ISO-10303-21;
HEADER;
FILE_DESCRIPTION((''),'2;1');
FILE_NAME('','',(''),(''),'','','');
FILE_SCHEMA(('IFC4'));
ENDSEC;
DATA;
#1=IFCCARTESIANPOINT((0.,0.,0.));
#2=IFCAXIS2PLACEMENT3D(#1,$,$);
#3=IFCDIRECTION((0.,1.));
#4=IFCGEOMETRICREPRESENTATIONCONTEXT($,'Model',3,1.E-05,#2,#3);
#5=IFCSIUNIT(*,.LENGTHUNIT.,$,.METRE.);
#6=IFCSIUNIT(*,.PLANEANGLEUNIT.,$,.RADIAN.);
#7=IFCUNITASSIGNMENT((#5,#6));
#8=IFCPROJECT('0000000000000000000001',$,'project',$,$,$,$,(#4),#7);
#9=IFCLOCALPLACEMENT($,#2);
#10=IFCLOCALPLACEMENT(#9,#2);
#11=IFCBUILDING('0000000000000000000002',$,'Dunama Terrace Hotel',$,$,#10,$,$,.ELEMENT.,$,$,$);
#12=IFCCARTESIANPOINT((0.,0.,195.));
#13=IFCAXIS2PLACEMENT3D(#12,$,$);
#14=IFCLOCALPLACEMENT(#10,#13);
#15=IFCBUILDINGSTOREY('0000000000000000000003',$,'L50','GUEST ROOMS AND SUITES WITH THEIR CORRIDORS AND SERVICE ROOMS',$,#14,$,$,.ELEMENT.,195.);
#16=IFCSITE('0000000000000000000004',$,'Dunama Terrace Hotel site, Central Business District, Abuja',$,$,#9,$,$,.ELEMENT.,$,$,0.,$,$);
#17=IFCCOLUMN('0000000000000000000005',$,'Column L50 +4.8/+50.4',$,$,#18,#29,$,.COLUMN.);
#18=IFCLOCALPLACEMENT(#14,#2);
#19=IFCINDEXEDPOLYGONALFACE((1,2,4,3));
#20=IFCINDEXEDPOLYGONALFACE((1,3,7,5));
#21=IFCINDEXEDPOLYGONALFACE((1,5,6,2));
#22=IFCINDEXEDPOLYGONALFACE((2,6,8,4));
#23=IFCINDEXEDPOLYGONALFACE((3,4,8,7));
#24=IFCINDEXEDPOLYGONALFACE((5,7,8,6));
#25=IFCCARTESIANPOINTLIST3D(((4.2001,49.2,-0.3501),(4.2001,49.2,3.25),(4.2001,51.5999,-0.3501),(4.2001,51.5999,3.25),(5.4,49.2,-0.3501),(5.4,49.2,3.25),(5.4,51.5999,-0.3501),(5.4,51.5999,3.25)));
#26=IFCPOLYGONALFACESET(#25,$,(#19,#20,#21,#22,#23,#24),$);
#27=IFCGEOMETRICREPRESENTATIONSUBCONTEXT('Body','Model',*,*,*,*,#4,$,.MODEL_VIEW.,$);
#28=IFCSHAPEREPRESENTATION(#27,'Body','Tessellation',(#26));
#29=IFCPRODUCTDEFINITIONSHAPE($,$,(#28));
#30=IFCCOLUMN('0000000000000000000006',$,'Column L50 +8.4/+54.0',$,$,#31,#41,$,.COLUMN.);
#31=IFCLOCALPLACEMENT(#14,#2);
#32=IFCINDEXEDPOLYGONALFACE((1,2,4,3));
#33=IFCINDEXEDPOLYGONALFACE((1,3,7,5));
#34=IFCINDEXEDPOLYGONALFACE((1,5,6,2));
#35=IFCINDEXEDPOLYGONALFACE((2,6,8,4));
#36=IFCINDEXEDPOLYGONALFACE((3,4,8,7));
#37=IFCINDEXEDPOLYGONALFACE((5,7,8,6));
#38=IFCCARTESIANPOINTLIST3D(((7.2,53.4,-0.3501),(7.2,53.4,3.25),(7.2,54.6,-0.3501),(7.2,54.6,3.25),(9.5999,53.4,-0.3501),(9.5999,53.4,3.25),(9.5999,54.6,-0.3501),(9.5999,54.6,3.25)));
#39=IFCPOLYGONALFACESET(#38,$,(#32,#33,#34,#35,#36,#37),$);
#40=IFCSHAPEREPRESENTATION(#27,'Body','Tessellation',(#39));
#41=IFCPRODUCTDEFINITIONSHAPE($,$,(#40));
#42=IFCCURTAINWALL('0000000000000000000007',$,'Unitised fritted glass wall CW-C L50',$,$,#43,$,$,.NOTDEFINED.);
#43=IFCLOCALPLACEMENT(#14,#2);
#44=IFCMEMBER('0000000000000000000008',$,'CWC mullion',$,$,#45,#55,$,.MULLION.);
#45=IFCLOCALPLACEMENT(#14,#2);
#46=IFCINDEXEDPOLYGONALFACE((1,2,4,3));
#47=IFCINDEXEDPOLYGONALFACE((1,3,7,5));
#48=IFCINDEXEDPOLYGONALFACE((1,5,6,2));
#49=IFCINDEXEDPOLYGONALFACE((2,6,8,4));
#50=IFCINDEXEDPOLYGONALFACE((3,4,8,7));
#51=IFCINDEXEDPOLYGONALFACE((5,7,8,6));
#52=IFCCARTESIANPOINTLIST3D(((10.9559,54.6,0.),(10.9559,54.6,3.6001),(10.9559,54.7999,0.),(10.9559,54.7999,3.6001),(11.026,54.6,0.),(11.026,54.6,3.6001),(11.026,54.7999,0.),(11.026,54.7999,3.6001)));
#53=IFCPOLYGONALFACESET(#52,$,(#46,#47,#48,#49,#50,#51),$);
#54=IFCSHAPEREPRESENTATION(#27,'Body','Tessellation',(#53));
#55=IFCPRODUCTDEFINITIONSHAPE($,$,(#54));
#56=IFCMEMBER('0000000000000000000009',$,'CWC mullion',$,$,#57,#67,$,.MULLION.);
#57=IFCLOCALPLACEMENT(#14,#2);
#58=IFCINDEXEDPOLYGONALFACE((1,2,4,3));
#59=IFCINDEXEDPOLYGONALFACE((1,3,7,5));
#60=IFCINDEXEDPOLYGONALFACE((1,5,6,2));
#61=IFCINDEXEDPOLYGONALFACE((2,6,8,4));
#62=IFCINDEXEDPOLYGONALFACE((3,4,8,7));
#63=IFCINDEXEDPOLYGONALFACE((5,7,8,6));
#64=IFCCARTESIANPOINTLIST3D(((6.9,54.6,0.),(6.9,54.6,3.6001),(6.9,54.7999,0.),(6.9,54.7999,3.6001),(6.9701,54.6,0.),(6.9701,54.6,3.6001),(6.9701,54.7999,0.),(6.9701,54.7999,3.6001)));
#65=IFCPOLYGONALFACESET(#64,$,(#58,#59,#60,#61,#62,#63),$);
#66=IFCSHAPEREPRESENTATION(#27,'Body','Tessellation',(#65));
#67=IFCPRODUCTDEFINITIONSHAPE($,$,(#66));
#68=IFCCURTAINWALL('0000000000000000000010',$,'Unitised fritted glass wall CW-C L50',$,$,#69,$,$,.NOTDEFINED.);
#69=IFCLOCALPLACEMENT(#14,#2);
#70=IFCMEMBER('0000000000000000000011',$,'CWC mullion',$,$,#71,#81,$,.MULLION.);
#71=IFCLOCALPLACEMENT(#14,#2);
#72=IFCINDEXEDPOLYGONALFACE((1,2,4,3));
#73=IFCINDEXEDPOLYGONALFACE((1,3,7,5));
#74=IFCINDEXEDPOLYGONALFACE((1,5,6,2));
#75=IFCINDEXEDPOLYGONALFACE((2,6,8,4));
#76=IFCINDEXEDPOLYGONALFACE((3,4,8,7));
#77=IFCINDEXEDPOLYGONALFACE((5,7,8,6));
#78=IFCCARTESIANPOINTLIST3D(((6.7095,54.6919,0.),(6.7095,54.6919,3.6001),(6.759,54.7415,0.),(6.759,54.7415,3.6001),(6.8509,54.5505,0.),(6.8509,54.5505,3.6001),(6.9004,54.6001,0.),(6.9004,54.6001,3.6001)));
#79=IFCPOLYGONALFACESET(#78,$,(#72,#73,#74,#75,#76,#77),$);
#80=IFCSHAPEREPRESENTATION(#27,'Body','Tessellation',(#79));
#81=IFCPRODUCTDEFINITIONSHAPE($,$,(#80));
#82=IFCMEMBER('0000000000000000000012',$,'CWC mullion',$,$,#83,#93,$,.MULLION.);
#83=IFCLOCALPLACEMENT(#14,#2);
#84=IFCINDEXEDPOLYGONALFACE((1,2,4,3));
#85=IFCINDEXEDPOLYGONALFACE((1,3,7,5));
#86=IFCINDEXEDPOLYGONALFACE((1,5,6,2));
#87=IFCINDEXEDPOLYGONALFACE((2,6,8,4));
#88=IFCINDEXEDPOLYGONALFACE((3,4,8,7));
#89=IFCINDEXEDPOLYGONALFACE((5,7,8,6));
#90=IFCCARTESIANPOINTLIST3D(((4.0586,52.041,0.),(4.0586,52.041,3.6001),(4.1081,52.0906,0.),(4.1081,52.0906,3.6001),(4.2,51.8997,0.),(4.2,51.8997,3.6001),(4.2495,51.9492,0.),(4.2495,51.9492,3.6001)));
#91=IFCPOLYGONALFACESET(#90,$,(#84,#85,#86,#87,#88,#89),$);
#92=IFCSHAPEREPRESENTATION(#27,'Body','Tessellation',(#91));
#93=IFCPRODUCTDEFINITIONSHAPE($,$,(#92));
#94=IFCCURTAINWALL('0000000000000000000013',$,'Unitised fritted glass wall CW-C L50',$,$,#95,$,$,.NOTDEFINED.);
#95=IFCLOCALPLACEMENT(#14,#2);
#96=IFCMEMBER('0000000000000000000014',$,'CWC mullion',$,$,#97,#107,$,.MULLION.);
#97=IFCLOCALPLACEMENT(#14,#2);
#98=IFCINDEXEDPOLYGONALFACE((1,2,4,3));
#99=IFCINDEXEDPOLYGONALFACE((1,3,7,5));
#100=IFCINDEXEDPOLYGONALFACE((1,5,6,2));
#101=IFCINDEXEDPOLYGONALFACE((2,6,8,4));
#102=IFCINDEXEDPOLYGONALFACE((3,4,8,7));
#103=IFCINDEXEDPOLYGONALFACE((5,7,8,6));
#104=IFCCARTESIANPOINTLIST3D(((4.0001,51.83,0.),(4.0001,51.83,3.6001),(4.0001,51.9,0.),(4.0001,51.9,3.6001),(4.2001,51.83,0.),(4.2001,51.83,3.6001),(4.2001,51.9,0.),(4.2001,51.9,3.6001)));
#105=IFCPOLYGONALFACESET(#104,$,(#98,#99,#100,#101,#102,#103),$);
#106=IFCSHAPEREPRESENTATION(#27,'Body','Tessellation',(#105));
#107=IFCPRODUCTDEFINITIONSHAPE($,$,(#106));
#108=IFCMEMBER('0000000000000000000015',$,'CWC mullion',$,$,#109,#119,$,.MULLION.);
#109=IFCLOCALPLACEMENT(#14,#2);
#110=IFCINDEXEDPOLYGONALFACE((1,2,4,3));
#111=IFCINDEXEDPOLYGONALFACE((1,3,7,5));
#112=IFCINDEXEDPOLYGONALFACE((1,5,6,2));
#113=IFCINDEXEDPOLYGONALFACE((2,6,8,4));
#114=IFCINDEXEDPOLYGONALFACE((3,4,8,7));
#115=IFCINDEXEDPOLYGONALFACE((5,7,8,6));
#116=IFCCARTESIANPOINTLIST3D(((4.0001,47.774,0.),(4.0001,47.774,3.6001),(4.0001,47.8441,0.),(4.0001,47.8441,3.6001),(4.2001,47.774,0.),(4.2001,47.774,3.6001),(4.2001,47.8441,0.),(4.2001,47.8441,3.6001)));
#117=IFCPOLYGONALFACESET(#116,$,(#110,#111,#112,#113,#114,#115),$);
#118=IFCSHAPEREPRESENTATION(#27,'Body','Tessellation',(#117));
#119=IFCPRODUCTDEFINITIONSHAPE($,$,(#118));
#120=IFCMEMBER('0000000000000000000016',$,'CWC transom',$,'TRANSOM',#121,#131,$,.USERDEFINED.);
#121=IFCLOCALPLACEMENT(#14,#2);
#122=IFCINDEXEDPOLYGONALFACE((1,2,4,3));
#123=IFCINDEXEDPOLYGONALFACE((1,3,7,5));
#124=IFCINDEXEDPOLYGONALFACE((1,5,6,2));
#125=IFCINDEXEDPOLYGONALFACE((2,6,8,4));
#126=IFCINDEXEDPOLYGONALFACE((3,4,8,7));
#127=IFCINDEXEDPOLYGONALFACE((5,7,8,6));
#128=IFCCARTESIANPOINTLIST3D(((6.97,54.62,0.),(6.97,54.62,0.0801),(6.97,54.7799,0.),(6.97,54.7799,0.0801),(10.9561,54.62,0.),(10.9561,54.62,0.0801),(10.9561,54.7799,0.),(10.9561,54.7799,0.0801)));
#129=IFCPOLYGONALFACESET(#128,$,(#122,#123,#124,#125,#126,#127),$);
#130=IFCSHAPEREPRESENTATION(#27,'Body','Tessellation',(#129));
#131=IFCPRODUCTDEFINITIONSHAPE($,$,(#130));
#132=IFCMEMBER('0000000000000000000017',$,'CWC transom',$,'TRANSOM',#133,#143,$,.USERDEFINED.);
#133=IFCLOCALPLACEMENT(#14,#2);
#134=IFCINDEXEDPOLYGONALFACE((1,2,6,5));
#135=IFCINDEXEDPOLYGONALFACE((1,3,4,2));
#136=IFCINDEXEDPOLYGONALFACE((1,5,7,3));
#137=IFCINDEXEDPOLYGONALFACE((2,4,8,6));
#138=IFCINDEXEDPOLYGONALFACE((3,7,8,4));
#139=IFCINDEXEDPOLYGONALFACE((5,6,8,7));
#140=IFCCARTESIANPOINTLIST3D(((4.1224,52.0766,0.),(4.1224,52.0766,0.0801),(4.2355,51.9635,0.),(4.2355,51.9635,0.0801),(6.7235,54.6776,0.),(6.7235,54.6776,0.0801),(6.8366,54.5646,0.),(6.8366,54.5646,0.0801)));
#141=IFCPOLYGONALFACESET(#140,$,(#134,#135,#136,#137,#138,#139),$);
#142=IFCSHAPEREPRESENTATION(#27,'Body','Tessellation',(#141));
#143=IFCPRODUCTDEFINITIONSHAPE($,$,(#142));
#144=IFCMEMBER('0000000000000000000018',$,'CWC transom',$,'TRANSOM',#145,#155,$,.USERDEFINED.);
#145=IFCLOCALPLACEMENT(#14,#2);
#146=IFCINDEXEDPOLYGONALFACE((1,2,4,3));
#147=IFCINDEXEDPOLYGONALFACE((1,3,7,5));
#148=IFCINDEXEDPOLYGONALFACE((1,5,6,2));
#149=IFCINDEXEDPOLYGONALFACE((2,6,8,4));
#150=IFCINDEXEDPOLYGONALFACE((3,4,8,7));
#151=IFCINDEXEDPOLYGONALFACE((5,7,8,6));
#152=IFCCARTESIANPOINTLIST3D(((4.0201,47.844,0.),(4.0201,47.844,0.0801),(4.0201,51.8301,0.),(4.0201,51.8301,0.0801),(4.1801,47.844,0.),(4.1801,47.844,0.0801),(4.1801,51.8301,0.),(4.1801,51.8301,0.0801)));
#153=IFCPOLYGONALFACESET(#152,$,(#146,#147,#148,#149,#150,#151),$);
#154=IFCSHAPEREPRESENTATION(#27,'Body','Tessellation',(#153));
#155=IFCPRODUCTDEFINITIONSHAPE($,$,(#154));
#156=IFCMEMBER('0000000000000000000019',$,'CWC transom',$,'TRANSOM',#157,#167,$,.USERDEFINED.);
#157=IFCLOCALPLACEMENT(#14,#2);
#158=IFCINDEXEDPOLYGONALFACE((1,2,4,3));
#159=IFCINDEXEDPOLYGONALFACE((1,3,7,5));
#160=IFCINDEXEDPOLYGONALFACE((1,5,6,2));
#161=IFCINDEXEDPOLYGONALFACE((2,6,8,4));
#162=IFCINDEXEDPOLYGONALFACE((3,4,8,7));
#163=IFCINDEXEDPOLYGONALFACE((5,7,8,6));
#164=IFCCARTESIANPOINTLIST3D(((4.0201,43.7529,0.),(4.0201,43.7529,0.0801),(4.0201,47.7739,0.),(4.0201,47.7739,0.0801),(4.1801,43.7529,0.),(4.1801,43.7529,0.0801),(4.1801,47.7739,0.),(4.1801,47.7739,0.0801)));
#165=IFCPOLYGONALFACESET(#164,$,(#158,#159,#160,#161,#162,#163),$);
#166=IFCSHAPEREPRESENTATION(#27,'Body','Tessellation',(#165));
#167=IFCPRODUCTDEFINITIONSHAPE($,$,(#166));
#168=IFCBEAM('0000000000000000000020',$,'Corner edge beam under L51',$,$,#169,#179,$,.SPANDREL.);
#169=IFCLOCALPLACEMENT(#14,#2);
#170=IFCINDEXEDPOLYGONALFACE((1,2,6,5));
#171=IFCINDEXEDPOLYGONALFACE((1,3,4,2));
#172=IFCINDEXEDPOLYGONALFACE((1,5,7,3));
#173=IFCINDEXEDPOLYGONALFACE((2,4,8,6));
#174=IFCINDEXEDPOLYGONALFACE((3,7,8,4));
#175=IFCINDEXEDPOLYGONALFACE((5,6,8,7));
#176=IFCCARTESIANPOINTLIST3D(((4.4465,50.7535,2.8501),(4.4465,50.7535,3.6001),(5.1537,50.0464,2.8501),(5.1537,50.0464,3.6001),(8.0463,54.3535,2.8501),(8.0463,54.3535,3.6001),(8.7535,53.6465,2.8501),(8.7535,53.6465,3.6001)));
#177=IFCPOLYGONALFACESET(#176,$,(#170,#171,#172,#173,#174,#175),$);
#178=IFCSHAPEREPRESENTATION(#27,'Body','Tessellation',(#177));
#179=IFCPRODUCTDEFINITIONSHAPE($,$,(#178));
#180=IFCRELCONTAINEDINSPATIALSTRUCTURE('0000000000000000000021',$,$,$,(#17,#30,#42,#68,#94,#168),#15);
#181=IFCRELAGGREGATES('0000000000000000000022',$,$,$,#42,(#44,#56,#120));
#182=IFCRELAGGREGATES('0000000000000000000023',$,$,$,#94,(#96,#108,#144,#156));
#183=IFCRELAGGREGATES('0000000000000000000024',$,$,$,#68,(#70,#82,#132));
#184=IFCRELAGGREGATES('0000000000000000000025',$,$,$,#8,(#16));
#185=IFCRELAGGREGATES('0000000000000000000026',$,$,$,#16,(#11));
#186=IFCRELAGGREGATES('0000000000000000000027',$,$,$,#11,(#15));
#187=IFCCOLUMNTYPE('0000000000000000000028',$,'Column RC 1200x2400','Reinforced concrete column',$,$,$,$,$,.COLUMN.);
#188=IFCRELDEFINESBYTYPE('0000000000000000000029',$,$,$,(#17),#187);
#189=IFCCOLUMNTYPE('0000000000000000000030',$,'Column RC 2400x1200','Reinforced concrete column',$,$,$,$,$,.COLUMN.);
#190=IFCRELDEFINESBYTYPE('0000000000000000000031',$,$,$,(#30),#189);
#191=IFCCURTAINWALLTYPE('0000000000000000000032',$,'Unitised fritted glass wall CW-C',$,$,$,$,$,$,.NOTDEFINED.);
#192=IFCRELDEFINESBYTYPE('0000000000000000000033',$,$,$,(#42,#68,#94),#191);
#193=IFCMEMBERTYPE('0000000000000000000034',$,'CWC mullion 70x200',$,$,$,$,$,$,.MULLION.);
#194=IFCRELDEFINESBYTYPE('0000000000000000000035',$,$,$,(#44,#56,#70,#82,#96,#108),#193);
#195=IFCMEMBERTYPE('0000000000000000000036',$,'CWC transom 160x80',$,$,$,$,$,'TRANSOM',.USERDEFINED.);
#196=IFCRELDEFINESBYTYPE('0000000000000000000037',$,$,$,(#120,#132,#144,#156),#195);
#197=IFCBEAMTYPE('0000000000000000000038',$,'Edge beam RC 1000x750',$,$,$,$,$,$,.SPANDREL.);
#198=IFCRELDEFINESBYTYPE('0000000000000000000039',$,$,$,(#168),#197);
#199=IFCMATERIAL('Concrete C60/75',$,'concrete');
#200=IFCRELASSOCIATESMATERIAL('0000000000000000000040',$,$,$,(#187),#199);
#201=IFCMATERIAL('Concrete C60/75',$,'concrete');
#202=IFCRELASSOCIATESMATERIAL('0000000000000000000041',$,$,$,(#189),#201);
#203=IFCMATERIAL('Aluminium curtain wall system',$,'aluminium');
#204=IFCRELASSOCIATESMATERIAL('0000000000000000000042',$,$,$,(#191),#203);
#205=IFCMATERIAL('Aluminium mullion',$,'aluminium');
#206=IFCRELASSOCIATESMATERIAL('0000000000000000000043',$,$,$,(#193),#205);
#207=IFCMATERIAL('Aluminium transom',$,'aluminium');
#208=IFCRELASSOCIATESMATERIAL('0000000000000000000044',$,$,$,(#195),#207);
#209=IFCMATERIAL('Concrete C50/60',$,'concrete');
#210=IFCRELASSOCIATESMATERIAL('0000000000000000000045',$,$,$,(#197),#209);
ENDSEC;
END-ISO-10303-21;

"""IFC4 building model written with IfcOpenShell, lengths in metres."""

from ifc_helpers import new_model, si_unit, direction, frame, origin, origin_2d, place, context, subcontext, project, spatial, rectangle, extrude, material, material_profile, profile_set, type_object, element, aggregate, save


model = new_model("IFC4")

# Units and contexts
model_context = context("Model", 3, precision=1e-05, world=origin(), true_north=direction((0.0, 1.0)))
body_context = subcontext(model_context, "Body", "Model", "MODEL_VIEW")
ifc_project = project(units=[si_unit("LENGTHUNIT", "METRE"), si_unit("PLANEANGLEUNIT", "RADIAN")], contexts=[model_context])

# Site, building, storey
site_placement = place(None, origin())
site = spatial("IfcSite", under=ifc_project, at=site_placement, Name="Dunama Terrace Hotel site, Central Business District, Abuja", CompositionType="ELEMENT", RefElevation=0.0)
building_placement = place(site_placement, origin())
building = spatial("IfcBuilding", under=site, at=building_placement, Name="Dunama Terrace Hotel", CompositionType="ELEMENT")
storey_placement = place(building_placement, frame((0.0, 0.0, 195.0)))
storey = spatial("IfcBuildingStorey", under=building, at=storey_placement, Name="L50", Description="GUEST ROOMS AND SUITES WITH THEIR CORRIDORS AND SERVICE ROOMS", CompositionType="ELEMENT", Elevation=195.0)

# Columns
ifc_material_1 = material(Name="Concrete C60/75", Category="concrete")
ifc_material_profile_1 = material_profile(ifc_material_1, rectangle(XDim=1.2, YDim=2.3999, at=origin_2d()), Name="RC 1200x2400")
ifc_profile_set_1 = profile_set([ifc_material_profile_1], Name="Concrete C60/75")
column_type_1 = type_object("IfcColumnType", Name="Column RC 1200x2400", Description="Reinforced concrete column", PredefinedType="COLUMN", material=ifc_profile_set_1)
column_1_placement = place(storey_placement, frame((4.8, 50.3999, -0.3501), z_axis=(0.0, 0.0, 1.0), x_axis=(1.0, 0.0, 0.0)))
element("IfcColumn", 1, at=column_1_placement, inside=storey, type_object=column_type_1, Name="Column L50 +4.8/+50.4", PredefinedType="COLUMN", context=body_context, shape_type="SweptSolid", body=[
    extrude(rectangle(XDim=1.2, YDim=2.3999, at=origin_2d()), origin(), (0.0, 0.0, 1.0), 3.6001),
])
ifc_material_2 = material(Name="Concrete C60/75", Category="concrete")
ifc_material_profile_2 = material_profile(ifc_material_2, rectangle(XDim=2.3999, YDim=1.2, at=origin_2d()), Name="RC 2400x1200")
ifc_profile_set_2 = profile_set([ifc_material_profile_2], Name="Concrete C60/75")
column_type_2 = type_object("IfcColumnType", Name="Column RC 2400x1200", Description="Reinforced concrete column", PredefinedType="COLUMN", material=ifc_profile_set_2)
column_2_placement = place(storey_placement, frame((8.3999, 54.0, -0.3501), z_axis=(0.0, 0.0, 1.0), x_axis=(1.0, 0.0, 0.0)))
element("IfcColumn", 2, at=column_2_placement, inside=storey, type_object=column_type_2, Name="Column L50 +8.4/+54.0", PredefinedType="COLUMN", context=body_context, shape_type="SweptSolid", body=[
    extrude(rectangle(XDim=2.3999, YDim=1.2, at=origin_2d()), origin(), (0.0, 0.0, 1.0), 3.6001),
])

# Curtain walls, members
ifc_material_3 = material(Name="Aluminium curtain wall system", Category="aluminium")
curtain_wall_type = type_object("IfcCurtainWallType", Name="Unitised fritted glass wall CW-C", PredefinedType="NOTDEFINED", material=ifc_material_3)
curtain_wall_1_placement = place(storey_placement, origin())
curtain_wall_1 = element("IfcCurtainWall", 3, at=curtain_wall_1_placement, inside=storey, type_object=curtain_wall_type, Name="Unitised fritted glass wall CW-C L50", PredefinedType="NOTDEFINED")
ifc_material_4 = material(Name="Aluminium mullion", Category="aluminium")
ifc_material_profile_3 = material_profile(ifc_material_4, rectangle(XDim=0.0701, YDim=0.2, at=origin_2d()), Name="CWC MULLION 70X200")
ifc_profile_set_3 = profile_set([ifc_material_profile_3], Name="Aluminium mullion")
member_type_1 = type_object("IfcMemberType", Name="CWC mullion 70x200", PredefinedType="MULLION", material=ifc_profile_set_3)
member_1_placement = place(storey_placement, frame((10.991, 54.7, 0.0), z_axis=(0.0, 0.0, 1.0), x_axis=(-1.0, 0.0, 0.0)))
member_1 = element("IfcMember", 4, at=member_1_placement, type_object=member_type_1, Name="CWC mullion", PredefinedType="MULLION", context=body_context, shape_type="SweptSolid", body=[
    extrude(rectangle(XDim=0.0701, YDim=0.2, at=origin_2d()), origin(), (0.0, 0.0, 1.0), 3.6001),
])
member_2_placement = place(storey_placement, frame((6.9351, 54.7, 0.0), z_axis=(0.0, 0.0, 1.0), x_axis=(-1.0, 0.0, 0.0)))
member_2 = element("IfcMember", 5, at=member_2_placement, type_object=member_type_1, Name="CWC mullion", PredefinedType="MULLION", context=body_context, shape_type="SweptSolid", body=[
    extrude(rectangle(XDim=0.0701, YDim=0.2, at=origin_2d()), origin(), (0.0, 0.0, 1.0), 3.6001),
])
curtain_wall_2_placement = place(storey_placement, origin())
curtain_wall_2 = element("IfcCurtainWall", 6, at=curtain_wall_2_placement, inside=storey, type_object=curtain_wall_type, Name="Unitised fritted glass wall CW-C L50", PredefinedType="NOTDEFINED")
member_3_placement = place(storey_placement, frame((6.8049, 54.646, 0.0), z_axis=(0.0, 0.0, 1.0), x_axis=(-0.707107, -0.707107, 0.0)))
member_3 = element("IfcMember", 7, at=member_3_placement, type_object=member_type_1, Name="CWC mullion", PredefinedType="MULLION", context=body_context, shape_type="SweptSolid", body=[
    extrude(rectangle(XDim=0.0701, YDim=0.2, at=origin_2d()), origin(), (0.0, 0.0, 1.0), 3.6001),
])
member_4_placement = place(storey_placement, frame((4.1541, 51.9951, 0.0), z_axis=(0.0, 0.0, 1.0), x_axis=(-0.707107, -0.707107, 0.0)))
member_4 = element("IfcMember", 8, at=member_4_placement, type_object=member_type_1, Name="CWC mullion", PredefinedType="MULLION", context=body_context, shape_type="SweptSolid", body=[
    extrude(rectangle(XDim=0.0701, YDim=0.2, at=origin_2d()), origin(), (0.0, 0.0, 1.0), 3.6001),
])
curtain_wall_3_placement = place(storey_placement, origin())
curtain_wall_3 = element("IfcCurtainWall", 9, at=curtain_wall_3_placement, inside=storey, type_object=curtain_wall_type, Name="Unitised fritted glass wall CW-C L50", PredefinedType="NOTDEFINED")
member_5_placement = place(storey_placement, frame((4.1001, 51.865, 0.0), z_axis=(0.0, 0.0, 1.0), x_axis=(0.0, -1.0, 0.0)))
member_5 = element("IfcMember", 10, at=member_5_placement, type_object=member_type_1, Name="CWC mullion", PredefinedType="MULLION", context=body_context, shape_type="SweptSolid", body=[
    extrude(rectangle(XDim=0.0701, YDim=0.2, at=origin_2d()), origin(), (0.0, 0.0, 1.0), 3.6001),
])
member_6_placement = place(storey_placement, frame((4.1001, 47.8091, 0.0), z_axis=(0.0, 0.0, 1.0), x_axis=(0.0, -1.0, 0.0)))
member_6 = element("IfcMember", 11, at=member_6_placement, type_object=member_type_1, Name="CWC mullion", PredefinedType="MULLION", context=body_context, shape_type="SweptSolid", body=[
    extrude(rectangle(XDim=0.0701, YDim=0.2, at=origin_2d()), origin(), (0.0, 0.0, 1.0), 3.6001),
])

# Members
ifc_material_5 = material(Name="Aluminium transom", Category="aluminium")
ifc_material_profile_4 = material_profile(ifc_material_5, rectangle(XDim=0.1599, YDim=0.0801, at=origin_2d()), Name="CWC TRANSOM 160X80")
ifc_profile_set_4 = profile_set([ifc_material_profile_4], Name="Aluminium transom")
member_type_2 = type_object("IfcMemberType", Name="CWC transom 160x80", ElementType="TRANSOM", PredefinedType="USERDEFINED", material=ifc_profile_set_4)
member_7_placement = place(storey_placement, frame((10.9561, 54.7, 0.04), z_axis=(-1.0, 0.0, 0.0), x_axis=(0.0, -1.0, 0.0)))
member_7 = element("IfcMember", 12, at=member_7_placement, type_object=member_type_2, Name="CWC transom", ObjectType="TRANSOM", PredefinedType="USERDEFINED", context=body_context, shape_type="SweptSolid", body=[
    extrude(rectangle(XDim=0.1599, YDim=0.0801, at=origin_2d()), origin(), (0.0, 0.0, 1.0), 3.9861),
])
member_8_placement = place(storey_placement, frame((6.78, 54.6211, 0.04), z_axis=(-0.707107, -0.707107, 0.0), x_axis=(0.707107, -0.707107, 0.0)))
member_8 = element("IfcMember", 13, at=member_8_placement, type_object=member_type_2, Name="CWC transom", ObjectType="TRANSOM", PredefinedType="USERDEFINED", context=body_context, shape_type="SweptSolid", body=[
    extrude(rectangle(XDim=0.1599, YDim=0.0801, at=origin_2d()), origin(), (0.0, 0.0, 1.0), 3.6785),
])
member_9_placement = place(storey_placement, frame((4.1001, 51.8301, 0.04), z_axis=(0.0, -1.0, 0.0), x_axis=(1.0, 0.0, 0.0)))
member_9 = element("IfcMember", 14, at=member_9_placement, type_object=member_type_2, Name="CWC transom", ObjectType="TRANSOM", PredefinedType="USERDEFINED", context=body_context, shape_type="SweptSolid", body=[
    extrude(rectangle(XDim=0.1599, YDim=0.0801, at=origin_2d()), origin(), (0.0, 0.0, 1.0), 3.9861),
])
member_10_placement = place(storey_placement, frame((4.1001, 47.7739, 0.04), z_axis=(0.0, -1.0, 0.0), x_axis=(1.0, 0.0, 0.0)))
member_10 = element("IfcMember", 15, at=member_10_placement, type_object=member_type_2, Name="CWC transom", ObjectType="TRANSOM", PredefinedType="USERDEFINED", context=body_context, shape_type="SweptSolid", body=[
    extrude(rectangle(XDim=0.1599, YDim=0.0801, at=origin_2d()), origin(), (0.0, 0.0, 1.0), 4.021),
])

# Beam
ifc_material_6 = material(Name="Concrete C50/60", Category="concrete")
ifc_material_profile_5 = material_profile(ifc_material_6, rectangle(XDim=1.0, YDim=0.75, at=origin_2d()), Name="RC 1000x750")
ifc_profile_set_5 = profile_set([ifc_material_profile_5], Name="Concrete C50/60")
beam_type_1 = type_object("IfcBeamType", Name="Edge beam RC 1000x750", PredefinedType="SPANDREL", material=ifc_profile_set_5)
beam_1_placement = place(storey_placement, frame((8.3999, 54.0, 3.2251), z_axis=(-0.707083, -0.707131, 0.0), x_axis=(0.707131, -0.707083, 0.0)))
element("IfcBeam", 16, at=beam_1_placement, inside=storey, type_object=beam_type_1, Name="Corner edge beam under L51", PredefinedType="SPANDREL", context=body_context, shape_type="SweptSolid", body=[
    extrude(rectangle(XDim=1.0, YDim=0.75, at=origin_2d()), origin(), (0.0, 0.0, 1.0), 5.0911),
])

aggregate(curtain_wall_1, [member_1, member_2, member_7])
aggregate(curtain_wall_3, [member_5, member_6, member_9, member_10])
aggregate(curtain_wall_2, [member_3, member_4, member_8])

save(model, "model.ifc")
